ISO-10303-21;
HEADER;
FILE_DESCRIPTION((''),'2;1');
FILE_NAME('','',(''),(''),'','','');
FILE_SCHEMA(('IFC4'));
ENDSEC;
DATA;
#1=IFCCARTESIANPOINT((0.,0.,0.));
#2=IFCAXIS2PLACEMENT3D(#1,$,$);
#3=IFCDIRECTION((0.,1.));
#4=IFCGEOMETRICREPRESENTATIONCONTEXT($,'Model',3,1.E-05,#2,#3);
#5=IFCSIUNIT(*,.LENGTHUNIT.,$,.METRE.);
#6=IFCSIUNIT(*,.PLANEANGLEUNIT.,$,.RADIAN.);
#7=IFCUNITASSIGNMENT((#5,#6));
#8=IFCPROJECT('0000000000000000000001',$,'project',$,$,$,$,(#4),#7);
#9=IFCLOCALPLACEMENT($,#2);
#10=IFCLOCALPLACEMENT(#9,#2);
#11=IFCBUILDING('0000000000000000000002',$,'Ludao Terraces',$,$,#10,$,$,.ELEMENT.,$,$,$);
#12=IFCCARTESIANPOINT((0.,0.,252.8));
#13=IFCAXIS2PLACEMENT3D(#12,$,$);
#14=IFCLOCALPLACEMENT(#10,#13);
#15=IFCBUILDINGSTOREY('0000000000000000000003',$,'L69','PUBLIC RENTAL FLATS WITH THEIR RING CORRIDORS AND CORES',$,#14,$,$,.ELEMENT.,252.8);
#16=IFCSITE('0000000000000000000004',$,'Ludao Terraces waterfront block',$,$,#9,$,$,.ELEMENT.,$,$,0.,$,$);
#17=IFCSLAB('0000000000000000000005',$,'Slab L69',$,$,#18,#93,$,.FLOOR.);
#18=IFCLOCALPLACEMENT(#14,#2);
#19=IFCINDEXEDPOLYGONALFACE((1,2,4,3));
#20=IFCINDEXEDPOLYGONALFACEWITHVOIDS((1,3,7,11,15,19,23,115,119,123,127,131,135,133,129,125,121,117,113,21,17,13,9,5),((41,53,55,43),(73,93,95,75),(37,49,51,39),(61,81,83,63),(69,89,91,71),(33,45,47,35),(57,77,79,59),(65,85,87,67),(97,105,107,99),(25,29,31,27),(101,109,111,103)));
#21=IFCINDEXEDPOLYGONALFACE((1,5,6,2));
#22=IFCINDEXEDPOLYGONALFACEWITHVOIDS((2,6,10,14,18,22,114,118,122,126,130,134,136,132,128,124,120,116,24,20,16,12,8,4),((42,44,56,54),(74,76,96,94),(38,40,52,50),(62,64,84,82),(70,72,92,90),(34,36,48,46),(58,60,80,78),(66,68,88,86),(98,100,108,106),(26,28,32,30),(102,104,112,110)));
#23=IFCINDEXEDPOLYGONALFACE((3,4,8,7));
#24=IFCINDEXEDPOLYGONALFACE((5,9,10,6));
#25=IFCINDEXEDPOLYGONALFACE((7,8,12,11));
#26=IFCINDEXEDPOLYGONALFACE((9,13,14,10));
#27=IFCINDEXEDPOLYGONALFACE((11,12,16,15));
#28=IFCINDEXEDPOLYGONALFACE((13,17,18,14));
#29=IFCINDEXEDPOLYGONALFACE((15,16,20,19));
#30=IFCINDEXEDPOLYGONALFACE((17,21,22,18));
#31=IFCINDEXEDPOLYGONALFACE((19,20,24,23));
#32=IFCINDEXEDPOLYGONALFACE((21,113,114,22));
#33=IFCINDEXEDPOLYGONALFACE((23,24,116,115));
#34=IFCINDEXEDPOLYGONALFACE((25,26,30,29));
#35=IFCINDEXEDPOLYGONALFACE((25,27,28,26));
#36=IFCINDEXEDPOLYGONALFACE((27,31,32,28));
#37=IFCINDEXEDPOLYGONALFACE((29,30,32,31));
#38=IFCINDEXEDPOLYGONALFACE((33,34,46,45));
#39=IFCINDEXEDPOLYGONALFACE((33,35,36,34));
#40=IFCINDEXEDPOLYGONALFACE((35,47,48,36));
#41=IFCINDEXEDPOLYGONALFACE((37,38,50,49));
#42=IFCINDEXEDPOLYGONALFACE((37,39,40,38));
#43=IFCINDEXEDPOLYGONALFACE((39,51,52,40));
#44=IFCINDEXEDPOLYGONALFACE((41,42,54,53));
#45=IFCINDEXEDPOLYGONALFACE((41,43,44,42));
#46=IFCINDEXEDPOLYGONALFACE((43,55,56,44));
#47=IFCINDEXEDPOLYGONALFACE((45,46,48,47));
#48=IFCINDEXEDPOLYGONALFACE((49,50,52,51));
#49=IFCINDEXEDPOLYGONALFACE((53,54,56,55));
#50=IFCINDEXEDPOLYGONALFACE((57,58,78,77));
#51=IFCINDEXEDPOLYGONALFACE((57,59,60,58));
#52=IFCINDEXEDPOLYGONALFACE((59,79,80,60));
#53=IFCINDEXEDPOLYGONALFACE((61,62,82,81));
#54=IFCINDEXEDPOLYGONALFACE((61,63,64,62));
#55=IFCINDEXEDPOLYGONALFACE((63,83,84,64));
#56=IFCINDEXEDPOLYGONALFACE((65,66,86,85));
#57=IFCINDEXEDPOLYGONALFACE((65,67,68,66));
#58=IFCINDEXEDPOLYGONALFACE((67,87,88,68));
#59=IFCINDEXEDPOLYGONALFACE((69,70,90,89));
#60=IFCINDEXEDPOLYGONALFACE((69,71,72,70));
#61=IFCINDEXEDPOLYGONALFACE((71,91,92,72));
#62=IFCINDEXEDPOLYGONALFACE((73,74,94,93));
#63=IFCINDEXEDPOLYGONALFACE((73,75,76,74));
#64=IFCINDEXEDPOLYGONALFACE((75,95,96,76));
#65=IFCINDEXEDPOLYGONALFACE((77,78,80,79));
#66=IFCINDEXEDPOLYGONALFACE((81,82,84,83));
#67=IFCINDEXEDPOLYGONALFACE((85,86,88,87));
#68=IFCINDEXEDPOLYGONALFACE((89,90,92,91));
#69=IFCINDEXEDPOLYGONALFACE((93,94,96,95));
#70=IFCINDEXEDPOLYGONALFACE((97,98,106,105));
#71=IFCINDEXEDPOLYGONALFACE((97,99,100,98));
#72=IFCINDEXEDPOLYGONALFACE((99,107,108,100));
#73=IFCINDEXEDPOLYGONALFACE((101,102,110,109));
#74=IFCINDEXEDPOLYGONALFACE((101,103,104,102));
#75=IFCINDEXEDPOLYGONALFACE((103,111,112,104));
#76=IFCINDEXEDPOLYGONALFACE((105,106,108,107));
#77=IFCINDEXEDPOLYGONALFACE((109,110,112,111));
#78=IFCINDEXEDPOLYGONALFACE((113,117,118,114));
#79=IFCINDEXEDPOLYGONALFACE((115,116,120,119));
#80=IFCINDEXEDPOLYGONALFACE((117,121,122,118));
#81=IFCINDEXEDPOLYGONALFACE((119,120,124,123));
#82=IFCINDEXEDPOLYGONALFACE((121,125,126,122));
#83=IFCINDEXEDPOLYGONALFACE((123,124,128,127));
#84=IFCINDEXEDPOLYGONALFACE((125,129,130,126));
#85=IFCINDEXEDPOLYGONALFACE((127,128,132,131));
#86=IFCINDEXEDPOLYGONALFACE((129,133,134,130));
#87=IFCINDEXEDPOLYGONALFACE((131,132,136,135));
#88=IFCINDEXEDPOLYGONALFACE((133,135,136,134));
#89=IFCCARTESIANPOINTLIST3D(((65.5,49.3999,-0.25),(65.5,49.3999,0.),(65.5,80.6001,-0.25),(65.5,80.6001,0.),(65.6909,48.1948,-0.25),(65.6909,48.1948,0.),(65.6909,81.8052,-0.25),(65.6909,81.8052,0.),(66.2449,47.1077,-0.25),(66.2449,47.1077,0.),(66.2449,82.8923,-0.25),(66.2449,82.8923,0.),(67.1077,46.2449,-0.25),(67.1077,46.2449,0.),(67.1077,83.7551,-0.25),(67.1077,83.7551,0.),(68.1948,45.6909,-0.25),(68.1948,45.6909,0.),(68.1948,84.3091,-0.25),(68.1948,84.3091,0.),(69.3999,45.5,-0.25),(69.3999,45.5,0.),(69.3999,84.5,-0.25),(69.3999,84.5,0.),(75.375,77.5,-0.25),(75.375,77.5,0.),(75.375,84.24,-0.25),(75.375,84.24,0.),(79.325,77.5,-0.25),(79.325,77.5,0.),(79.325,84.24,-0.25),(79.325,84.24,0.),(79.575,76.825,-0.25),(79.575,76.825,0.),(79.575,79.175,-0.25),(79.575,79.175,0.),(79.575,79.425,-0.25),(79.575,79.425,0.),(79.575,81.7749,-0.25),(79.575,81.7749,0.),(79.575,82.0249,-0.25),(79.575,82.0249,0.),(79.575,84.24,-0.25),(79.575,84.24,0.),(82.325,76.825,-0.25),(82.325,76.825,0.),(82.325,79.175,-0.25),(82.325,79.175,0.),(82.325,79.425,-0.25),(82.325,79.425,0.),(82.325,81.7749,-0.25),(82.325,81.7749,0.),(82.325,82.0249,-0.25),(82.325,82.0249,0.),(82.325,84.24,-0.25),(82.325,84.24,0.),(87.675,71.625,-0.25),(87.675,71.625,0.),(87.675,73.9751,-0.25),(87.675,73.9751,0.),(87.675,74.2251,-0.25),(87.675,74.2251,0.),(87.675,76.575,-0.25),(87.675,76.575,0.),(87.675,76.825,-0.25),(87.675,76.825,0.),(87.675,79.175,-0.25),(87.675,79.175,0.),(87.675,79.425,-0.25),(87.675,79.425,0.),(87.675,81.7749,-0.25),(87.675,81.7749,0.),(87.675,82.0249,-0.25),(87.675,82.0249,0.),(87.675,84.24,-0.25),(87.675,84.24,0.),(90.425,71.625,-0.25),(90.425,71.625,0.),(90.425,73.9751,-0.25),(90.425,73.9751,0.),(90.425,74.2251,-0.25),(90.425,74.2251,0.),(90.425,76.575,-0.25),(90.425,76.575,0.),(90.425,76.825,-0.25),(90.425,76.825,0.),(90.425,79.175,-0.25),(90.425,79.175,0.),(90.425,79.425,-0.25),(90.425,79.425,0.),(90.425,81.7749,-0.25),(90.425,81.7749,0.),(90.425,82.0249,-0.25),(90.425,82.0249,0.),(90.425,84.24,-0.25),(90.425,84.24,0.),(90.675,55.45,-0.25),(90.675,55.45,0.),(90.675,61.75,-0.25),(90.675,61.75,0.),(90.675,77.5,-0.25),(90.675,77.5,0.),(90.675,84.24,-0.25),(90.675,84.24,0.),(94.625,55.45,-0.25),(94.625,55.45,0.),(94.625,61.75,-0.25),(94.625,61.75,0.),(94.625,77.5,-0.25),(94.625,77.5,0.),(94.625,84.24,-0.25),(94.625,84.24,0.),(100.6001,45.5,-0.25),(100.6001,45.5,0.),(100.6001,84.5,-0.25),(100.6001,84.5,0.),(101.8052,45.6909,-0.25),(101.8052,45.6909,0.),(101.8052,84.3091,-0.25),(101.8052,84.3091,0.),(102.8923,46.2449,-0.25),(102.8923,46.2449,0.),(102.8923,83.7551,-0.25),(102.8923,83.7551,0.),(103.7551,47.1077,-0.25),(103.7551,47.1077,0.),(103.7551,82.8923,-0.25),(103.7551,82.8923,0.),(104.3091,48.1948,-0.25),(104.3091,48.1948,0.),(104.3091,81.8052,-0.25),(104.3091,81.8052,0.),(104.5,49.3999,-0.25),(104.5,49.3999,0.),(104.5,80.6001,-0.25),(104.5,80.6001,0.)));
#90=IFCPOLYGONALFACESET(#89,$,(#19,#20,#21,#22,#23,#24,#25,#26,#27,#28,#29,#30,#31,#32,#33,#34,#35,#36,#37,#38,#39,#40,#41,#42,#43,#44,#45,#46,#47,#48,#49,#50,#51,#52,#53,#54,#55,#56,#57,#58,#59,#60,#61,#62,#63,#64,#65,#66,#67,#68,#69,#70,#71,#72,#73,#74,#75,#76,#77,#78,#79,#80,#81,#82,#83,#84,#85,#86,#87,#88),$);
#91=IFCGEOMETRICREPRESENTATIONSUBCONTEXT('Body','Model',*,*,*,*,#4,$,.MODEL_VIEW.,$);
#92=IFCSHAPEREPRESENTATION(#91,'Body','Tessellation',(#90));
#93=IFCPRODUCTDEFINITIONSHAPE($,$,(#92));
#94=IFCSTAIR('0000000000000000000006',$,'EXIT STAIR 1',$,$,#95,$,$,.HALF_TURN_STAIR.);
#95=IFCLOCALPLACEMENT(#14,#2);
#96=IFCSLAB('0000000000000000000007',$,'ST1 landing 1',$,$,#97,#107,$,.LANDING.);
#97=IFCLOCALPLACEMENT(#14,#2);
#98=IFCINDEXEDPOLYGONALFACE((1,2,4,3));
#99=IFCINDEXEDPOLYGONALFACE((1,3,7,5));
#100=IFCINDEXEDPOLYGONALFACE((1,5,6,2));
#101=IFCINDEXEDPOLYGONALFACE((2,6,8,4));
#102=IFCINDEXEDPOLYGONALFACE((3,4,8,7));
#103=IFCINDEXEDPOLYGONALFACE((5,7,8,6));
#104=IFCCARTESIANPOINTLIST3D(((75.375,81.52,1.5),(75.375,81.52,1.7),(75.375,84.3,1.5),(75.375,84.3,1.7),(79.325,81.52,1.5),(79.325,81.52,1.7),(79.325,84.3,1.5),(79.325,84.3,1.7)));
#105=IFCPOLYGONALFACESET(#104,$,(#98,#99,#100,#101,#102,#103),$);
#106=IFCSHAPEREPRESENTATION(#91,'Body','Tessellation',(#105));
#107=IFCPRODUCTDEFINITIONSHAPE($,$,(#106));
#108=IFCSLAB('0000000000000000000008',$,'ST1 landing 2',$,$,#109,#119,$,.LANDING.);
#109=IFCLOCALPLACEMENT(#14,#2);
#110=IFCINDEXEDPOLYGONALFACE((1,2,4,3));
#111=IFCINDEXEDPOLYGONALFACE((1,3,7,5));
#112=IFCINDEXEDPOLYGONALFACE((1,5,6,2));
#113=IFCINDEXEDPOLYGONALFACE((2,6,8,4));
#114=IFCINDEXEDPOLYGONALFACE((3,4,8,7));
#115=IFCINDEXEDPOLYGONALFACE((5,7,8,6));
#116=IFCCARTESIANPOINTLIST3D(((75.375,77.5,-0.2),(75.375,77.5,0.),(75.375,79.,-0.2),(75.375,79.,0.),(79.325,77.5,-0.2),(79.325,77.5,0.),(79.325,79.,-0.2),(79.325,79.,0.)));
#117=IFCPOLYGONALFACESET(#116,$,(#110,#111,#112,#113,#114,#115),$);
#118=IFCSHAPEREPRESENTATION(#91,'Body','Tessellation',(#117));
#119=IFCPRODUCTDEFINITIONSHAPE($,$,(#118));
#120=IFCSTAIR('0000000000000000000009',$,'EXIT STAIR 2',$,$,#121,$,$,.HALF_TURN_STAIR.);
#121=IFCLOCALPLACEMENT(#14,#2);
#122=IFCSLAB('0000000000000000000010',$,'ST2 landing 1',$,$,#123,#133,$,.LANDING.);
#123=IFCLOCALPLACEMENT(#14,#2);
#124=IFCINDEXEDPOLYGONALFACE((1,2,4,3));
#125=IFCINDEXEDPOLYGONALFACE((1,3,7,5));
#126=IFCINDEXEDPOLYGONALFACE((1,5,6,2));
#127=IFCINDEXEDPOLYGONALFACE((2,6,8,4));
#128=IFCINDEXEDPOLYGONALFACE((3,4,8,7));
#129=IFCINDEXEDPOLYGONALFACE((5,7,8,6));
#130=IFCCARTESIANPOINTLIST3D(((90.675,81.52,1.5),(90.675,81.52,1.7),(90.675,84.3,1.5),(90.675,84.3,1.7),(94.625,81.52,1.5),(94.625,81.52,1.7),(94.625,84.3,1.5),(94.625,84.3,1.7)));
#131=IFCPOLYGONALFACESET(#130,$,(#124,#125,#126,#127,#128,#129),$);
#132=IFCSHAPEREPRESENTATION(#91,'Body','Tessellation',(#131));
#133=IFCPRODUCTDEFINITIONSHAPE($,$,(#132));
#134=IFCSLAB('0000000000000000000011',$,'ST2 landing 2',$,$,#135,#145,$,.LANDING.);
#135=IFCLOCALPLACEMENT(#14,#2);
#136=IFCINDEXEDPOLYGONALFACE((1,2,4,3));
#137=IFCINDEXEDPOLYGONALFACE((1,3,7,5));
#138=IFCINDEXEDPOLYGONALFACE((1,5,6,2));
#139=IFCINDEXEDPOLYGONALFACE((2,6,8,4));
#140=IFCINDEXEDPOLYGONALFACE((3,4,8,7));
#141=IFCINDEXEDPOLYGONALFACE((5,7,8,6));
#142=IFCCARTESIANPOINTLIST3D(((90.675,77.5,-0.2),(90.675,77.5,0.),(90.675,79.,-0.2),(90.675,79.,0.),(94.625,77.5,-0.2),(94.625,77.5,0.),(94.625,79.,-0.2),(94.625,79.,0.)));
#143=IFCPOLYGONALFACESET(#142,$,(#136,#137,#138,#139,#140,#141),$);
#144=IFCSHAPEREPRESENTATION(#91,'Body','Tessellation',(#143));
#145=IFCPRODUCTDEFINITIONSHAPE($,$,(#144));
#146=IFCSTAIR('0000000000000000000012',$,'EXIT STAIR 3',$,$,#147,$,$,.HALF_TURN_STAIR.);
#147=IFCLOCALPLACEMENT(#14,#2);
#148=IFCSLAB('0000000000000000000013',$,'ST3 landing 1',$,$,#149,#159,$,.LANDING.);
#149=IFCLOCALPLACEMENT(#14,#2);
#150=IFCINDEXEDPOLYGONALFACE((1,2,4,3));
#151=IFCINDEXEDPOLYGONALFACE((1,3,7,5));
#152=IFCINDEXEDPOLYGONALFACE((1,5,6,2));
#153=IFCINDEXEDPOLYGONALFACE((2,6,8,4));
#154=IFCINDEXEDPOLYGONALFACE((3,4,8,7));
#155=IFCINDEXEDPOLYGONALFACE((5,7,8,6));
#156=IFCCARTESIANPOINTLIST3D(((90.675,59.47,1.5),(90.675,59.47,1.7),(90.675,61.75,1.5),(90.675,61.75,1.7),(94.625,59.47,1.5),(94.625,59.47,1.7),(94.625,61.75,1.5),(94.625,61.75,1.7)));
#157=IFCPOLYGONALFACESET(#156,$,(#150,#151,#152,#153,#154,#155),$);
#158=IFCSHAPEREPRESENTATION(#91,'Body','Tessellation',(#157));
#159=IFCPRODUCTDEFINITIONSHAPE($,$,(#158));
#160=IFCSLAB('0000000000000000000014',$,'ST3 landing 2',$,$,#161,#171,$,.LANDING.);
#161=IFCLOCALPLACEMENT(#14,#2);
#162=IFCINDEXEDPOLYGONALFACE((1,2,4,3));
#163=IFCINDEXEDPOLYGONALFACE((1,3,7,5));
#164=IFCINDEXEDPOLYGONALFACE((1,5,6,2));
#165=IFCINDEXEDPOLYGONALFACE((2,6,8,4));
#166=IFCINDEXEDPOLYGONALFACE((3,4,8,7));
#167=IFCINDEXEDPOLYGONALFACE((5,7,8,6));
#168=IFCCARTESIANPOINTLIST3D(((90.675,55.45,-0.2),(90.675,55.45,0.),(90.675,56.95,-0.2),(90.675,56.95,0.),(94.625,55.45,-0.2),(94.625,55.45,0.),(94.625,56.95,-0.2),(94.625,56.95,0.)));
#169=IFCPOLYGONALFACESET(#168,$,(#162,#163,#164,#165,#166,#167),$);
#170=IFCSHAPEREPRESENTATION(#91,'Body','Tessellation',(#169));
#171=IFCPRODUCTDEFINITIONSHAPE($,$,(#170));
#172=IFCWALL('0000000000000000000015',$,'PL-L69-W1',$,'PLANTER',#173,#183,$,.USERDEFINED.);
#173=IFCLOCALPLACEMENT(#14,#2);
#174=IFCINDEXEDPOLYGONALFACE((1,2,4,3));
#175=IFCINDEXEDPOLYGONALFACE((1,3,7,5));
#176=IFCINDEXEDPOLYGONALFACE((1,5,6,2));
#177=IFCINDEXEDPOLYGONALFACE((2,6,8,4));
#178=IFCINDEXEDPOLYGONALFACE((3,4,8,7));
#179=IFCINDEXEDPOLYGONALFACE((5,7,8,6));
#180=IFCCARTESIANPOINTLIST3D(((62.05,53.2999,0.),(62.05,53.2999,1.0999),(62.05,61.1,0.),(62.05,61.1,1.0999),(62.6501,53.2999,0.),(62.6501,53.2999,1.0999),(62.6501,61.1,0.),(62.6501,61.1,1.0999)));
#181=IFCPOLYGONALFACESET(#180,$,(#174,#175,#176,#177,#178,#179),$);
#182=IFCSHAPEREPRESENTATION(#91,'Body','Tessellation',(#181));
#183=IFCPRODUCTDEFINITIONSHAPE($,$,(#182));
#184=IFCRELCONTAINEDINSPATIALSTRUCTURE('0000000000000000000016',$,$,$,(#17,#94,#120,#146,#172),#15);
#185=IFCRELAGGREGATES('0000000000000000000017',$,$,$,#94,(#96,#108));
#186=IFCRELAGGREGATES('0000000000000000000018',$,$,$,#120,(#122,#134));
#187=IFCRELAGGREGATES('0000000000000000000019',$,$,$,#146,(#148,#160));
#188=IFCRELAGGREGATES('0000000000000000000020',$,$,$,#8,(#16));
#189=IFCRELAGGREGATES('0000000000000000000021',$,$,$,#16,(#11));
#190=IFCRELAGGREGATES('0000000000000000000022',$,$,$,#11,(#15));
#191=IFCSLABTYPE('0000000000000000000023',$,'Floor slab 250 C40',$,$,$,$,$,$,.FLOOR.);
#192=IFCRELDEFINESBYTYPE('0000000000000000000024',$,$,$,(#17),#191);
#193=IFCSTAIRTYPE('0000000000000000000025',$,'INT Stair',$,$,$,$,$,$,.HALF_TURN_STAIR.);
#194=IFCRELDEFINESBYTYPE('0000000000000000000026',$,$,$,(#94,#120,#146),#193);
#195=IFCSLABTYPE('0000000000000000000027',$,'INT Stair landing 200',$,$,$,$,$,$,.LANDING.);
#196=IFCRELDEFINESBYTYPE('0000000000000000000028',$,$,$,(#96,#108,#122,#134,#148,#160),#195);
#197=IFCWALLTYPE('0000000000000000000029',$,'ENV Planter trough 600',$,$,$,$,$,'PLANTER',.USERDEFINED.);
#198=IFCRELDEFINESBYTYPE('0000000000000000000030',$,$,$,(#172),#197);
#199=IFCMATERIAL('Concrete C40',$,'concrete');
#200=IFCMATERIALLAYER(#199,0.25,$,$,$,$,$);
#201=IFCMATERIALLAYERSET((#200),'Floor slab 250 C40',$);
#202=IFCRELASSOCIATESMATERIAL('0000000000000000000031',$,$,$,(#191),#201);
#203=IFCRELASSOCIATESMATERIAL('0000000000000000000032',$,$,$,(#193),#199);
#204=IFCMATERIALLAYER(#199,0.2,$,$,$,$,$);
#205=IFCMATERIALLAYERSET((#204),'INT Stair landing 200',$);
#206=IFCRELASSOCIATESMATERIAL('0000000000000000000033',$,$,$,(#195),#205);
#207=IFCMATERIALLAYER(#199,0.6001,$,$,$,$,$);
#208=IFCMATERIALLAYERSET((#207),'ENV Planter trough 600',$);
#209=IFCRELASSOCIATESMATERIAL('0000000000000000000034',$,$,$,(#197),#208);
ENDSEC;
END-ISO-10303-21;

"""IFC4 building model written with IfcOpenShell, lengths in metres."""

from ifc_helpers import new_model, si_unit, direction, frame, frame_2d, origin, place, context, subcontext, project, spatial, polyline, rectangle, outline, extrude, material, layer, layer_set, type_object, element, aggregate, save


model = new_model("IFC4")

# Units and contexts
model_context = context("Model", 3, precision=1e-05, world=origin(), true_north=direction((0.0, 1.0)))
body_context = subcontext(model_context, "Body", "Model", "MODEL_VIEW")
ifc_project = project(units=[si_unit("LENGTHUNIT", "METRE"), si_unit("PLANEANGLEUNIT", "RADIAN")], contexts=[model_context])

# Site, building, storey
site_placement = place(None, origin())
site = spatial("IfcSite", under=ifc_project, at=site_placement, Name="Ludao Terraces waterfront block", CompositionType="ELEMENT", RefElevation=0.0)
building_placement = place(site_placement, origin())
building = spatial("IfcBuilding", under=site, at=building_placement, Name="Ludao Terraces", CompositionType="ELEMENT")
storey_placement = place(building_placement, frame((0.0, 0.0, 252.8)))
storey = spatial("IfcBuildingStorey", under=building, at=storey_placement, Name="L69", Description="PUBLIC RENTAL FLATS WITH THEIR RING CORRIDORS AND CORES", CompositionType="ELEMENT", Elevation=252.8)

# Shared definitions
ifc_material_1 = material(Name="Concrete C40", Category="concrete")

# Slab
ifc_layer_1 = layer(ifc_material_1, 0.25)
ifc_layer_set_1 = layer_set([ifc_layer_1], Name="Floor slab 250 C40")
slab_type_1 = type_object("IfcSlabType", Name="Floor slab 250 C40", PredefinedType="FLOOR", material=ifc_layer_set_1)
slab_1_placement = place(storey_placement, frame((0.0, 0.0, -0.25)))
element("IfcSlab", 1, at=slab_1_placement, inside=storey, type_object=slab_type_1, Name="Slab L69", PredefinedType="FLOOR", context=body_context, shape_type="SweptSolid", body=[
    extrude(outline(polyline([(100.6001, 45.5), (101.8052, 45.6909), (102.8923, 46.2449), (103.7551, 47.1077), (104.3091, 48.1948), (104.5, 49.3999), (104.5, 80.6001), (104.3091, 81.8052), (103.7551, 82.8923), (102.8923, 83.7551), (101.8052, 84.3091), (100.6001, 84.5), (69.3999, 84.5), (68.1948, 84.3091), (67.1077, 83.7551), (66.2449, 82.8923), (65.6909, 81.8052), (65.5, 80.6001), (65.5, 49.3999), (65.6909, 48.1948), (66.2449, 47.1077), (67.1077, 46.2449), (68.1948, 45.6909), (69.3999, 45.5), (100.6001, 45.5)]), holes=[polyline([(79.575, 76.825), (82.325, 76.825), (82.325, 79.175), (79.575, 79.175), (79.575, 76.825)]), polyline([(79.575, 79.425), (82.325, 79.425), (82.325, 81.7749), (79.575, 81.7749), (79.575, 79.425)]), polyline([(79.575, 82.0249), (82.325, 82.0249), (82.325, 84.24), (79.575, 84.24), (79.575, 82.0249)]), polyline([(87.675, 71.625), (90.425, 71.625), (90.425, 73.9751), (87.675, 73.9751), (87.675, 71.625)]), polyline([(87.675, 74.2251), (90.425, 74.2251), (90.425, 76.575), (87.675, 76.575), (87.675, 74.2251)]), polyline([(87.675, 76.825), (90.425, 76.825), (90.425, 79.175), (87.675, 79.175), (87.675, 76.825)]), polyline([(87.675, 79.425), (90.425, 79.425), (90.425, 81.7749), (87.675, 81.7749), (87.675, 79.425)]), polyline([(87.675, 82.0249), (90.425, 82.0249), (90.425, 84.24), (87.675, 84.24), (87.675, 82.0249)]), polyline([(75.375, 77.5), (79.325, 77.5), (79.325, 84.24), (75.375, 84.24), (75.375, 77.5)]), polyline([(90.675, 77.5), (94.625, 77.5), (94.625, 84.24), (90.675, 84.24), (90.675, 77.5)]), polyline([(90.675, 55.45), (94.625, 55.45), (94.625, 61.75), (90.675, 61.75), (90.675, 55.45)])]), origin(), (0.0, 0.0, 1.0), 0.25),
])

# Stairs, slabs
stair_type = type_object("IfcStairType", Name="INT Stair", PredefinedType="HALF_TURN_STAIR", material=ifc_material_1)
stair_1_placement = place(storey_placement, origin())
stair_1 = element("IfcStair", 2, at=stair_1_placement, inside=storey, type_object=stair_type, Name="EXIT STAIR 1", PredefinedType="HALF_TURN_STAIR")
ifc_layer_2 = layer(ifc_material_1, 0.2)
ifc_layer_set_2 = layer_set([ifc_layer_2], Name="INT Stair landing 200")
slab_type_2 = type_object("IfcSlabType", Name="INT Stair landing 200", PredefinedType="LANDING", material=ifc_layer_set_2)
slab_2_placement = place(storey_placement, frame((0.0, 0.0, 1.5)))
slab_2 = element("IfcSlab", 3, at=slab_2_placement, type_object=slab_type_2, Name="ST1 landing 1", PredefinedType="LANDING", context=body_context, shape_type="SweptSolid", body=[
    extrude(outline(polyline([(75.375, 81.52), (79.325, 81.52), (79.325, 84.3), (75.375, 84.3), (75.375, 81.52)])), origin(), (0.0, 0.0, 1.0), 0.2),
])
slab_3_placement = place(storey_placement, frame((0.0, 0.0, -0.2)))
slab_3 = element("IfcSlab", 4, at=slab_3_placement, type_object=slab_type_2, Name="ST1 landing 2", PredefinedType="LANDING", context=body_context, shape_type="SweptSolid", body=[
    extrude(outline(polyline([(75.375, 77.5), (79.325, 77.5), (79.325, 79.0), (75.375, 79.0), (75.375, 77.5)])), origin(), (0.0, 0.0, 1.0), 0.2),
])
aggregate(stair_1, [slab_2, slab_3])
stair_2_placement = place(storey_placement, origin())
stair_2 = element("IfcStair", 5, at=stair_2_placement, inside=storey, type_object=stair_type, Name="EXIT STAIR 2", PredefinedType="HALF_TURN_STAIR")
slab_4_placement = place(storey_placement, frame((0.0, 0.0, 1.5)))
slab_4 = element("IfcSlab", 6, at=slab_4_placement, type_object=slab_type_2, Name="ST2 landing 1", PredefinedType="LANDING", context=body_context, shape_type="SweptSolid", body=[
    extrude(outline(polyline([(90.675, 81.52), (94.625, 81.52), (94.625, 84.3), (90.675, 84.3), (90.675, 81.52)])), origin(), (0.0, 0.0, 1.0), 0.2),
])
slab_5_placement = place(storey_placement, frame((0.0, 0.0, -0.2)))
slab_5 = element("IfcSlab", 7, at=slab_5_placement, type_object=slab_type_2, Name="ST2 landing 2", PredefinedType="LANDING", context=body_context, shape_type="SweptSolid", body=[
    extrude(outline(polyline([(90.675, 77.5), (94.625, 77.5), (94.625, 79.0), (90.675, 79.0), (90.675, 77.5)])), origin(), (0.0, 0.0, 1.0), 0.2),
])
aggregate(stair_2, [slab_4, slab_5])
stair_3_placement = place(storey_placement, origin())
stair_3 = element("IfcStair", 8, at=stair_3_placement, inside=storey, type_object=stair_type, Name="EXIT STAIR 3", PredefinedType="HALF_TURN_STAIR")
slab_6_placement = place(storey_placement, frame((0.0, 0.0, 1.5)))
slab_6 = element("IfcSlab", 9, at=slab_6_placement, type_object=slab_type_2, Name="ST3 landing 1", PredefinedType="LANDING", context=body_context, shape_type="SweptSolid", body=[
    extrude(outline(polyline([(90.675, 59.47), (94.625, 59.47), (94.625, 61.75), (90.675, 61.75), (90.675, 59.47)])), origin(), (0.0, 0.0, 1.0), 0.2),
])
slab_7_placement = place(storey_placement, frame((0.0, 0.0, -0.2)))
slab_7 = element("IfcSlab", 10, at=slab_7_placement, type_object=slab_type_2, Name="ST3 landing 2", PredefinedType="LANDING", context=body_context, shape_type="SweptSolid", body=[
    extrude(outline(polyline([(90.675, 55.45), (94.625, 55.45), (94.625, 56.95), (90.675, 56.95), (90.675, 55.45)])), origin(), (0.0, 0.0, 1.0), 0.2),
])
aggregate(stair_3, [slab_6, slab_7])

# Wall
ifc_layer_3 = layer(ifc_material_1, 0.6001)
ifc_layer_set_3 = layer_set([ifc_layer_3], Name="ENV Planter trough 600")
wall_type = type_object("IfcWallType", Name="ENV Planter trough 600", ElementType="PLANTER", PredefinedType="USERDEFINED", material=ifc_layer_set_3)
wall_1_placement = place(storey_placement, frame((62.3501, 53.3, 0.0), z_axis=(0.0, 0.0, 1.0), x_axis=(0.0, 1.0, 0.0)))
element("IfcWall", 11, at=wall_1_placement, inside=storey, type_object=wall_type, Name="PL-L69-W1", ObjectType="PLANTER", PredefinedType="USERDEFINED", context=body_context, shape_type="SweptSolid", body=[
    extrude(rectangle(XDim=7.8, YDim=0.6001, at=frame_2d((3.8999, 0.0))), origin(), (0.0, 0.0, 1.0), 1.0999),
])

save(model, "model.ifc")
